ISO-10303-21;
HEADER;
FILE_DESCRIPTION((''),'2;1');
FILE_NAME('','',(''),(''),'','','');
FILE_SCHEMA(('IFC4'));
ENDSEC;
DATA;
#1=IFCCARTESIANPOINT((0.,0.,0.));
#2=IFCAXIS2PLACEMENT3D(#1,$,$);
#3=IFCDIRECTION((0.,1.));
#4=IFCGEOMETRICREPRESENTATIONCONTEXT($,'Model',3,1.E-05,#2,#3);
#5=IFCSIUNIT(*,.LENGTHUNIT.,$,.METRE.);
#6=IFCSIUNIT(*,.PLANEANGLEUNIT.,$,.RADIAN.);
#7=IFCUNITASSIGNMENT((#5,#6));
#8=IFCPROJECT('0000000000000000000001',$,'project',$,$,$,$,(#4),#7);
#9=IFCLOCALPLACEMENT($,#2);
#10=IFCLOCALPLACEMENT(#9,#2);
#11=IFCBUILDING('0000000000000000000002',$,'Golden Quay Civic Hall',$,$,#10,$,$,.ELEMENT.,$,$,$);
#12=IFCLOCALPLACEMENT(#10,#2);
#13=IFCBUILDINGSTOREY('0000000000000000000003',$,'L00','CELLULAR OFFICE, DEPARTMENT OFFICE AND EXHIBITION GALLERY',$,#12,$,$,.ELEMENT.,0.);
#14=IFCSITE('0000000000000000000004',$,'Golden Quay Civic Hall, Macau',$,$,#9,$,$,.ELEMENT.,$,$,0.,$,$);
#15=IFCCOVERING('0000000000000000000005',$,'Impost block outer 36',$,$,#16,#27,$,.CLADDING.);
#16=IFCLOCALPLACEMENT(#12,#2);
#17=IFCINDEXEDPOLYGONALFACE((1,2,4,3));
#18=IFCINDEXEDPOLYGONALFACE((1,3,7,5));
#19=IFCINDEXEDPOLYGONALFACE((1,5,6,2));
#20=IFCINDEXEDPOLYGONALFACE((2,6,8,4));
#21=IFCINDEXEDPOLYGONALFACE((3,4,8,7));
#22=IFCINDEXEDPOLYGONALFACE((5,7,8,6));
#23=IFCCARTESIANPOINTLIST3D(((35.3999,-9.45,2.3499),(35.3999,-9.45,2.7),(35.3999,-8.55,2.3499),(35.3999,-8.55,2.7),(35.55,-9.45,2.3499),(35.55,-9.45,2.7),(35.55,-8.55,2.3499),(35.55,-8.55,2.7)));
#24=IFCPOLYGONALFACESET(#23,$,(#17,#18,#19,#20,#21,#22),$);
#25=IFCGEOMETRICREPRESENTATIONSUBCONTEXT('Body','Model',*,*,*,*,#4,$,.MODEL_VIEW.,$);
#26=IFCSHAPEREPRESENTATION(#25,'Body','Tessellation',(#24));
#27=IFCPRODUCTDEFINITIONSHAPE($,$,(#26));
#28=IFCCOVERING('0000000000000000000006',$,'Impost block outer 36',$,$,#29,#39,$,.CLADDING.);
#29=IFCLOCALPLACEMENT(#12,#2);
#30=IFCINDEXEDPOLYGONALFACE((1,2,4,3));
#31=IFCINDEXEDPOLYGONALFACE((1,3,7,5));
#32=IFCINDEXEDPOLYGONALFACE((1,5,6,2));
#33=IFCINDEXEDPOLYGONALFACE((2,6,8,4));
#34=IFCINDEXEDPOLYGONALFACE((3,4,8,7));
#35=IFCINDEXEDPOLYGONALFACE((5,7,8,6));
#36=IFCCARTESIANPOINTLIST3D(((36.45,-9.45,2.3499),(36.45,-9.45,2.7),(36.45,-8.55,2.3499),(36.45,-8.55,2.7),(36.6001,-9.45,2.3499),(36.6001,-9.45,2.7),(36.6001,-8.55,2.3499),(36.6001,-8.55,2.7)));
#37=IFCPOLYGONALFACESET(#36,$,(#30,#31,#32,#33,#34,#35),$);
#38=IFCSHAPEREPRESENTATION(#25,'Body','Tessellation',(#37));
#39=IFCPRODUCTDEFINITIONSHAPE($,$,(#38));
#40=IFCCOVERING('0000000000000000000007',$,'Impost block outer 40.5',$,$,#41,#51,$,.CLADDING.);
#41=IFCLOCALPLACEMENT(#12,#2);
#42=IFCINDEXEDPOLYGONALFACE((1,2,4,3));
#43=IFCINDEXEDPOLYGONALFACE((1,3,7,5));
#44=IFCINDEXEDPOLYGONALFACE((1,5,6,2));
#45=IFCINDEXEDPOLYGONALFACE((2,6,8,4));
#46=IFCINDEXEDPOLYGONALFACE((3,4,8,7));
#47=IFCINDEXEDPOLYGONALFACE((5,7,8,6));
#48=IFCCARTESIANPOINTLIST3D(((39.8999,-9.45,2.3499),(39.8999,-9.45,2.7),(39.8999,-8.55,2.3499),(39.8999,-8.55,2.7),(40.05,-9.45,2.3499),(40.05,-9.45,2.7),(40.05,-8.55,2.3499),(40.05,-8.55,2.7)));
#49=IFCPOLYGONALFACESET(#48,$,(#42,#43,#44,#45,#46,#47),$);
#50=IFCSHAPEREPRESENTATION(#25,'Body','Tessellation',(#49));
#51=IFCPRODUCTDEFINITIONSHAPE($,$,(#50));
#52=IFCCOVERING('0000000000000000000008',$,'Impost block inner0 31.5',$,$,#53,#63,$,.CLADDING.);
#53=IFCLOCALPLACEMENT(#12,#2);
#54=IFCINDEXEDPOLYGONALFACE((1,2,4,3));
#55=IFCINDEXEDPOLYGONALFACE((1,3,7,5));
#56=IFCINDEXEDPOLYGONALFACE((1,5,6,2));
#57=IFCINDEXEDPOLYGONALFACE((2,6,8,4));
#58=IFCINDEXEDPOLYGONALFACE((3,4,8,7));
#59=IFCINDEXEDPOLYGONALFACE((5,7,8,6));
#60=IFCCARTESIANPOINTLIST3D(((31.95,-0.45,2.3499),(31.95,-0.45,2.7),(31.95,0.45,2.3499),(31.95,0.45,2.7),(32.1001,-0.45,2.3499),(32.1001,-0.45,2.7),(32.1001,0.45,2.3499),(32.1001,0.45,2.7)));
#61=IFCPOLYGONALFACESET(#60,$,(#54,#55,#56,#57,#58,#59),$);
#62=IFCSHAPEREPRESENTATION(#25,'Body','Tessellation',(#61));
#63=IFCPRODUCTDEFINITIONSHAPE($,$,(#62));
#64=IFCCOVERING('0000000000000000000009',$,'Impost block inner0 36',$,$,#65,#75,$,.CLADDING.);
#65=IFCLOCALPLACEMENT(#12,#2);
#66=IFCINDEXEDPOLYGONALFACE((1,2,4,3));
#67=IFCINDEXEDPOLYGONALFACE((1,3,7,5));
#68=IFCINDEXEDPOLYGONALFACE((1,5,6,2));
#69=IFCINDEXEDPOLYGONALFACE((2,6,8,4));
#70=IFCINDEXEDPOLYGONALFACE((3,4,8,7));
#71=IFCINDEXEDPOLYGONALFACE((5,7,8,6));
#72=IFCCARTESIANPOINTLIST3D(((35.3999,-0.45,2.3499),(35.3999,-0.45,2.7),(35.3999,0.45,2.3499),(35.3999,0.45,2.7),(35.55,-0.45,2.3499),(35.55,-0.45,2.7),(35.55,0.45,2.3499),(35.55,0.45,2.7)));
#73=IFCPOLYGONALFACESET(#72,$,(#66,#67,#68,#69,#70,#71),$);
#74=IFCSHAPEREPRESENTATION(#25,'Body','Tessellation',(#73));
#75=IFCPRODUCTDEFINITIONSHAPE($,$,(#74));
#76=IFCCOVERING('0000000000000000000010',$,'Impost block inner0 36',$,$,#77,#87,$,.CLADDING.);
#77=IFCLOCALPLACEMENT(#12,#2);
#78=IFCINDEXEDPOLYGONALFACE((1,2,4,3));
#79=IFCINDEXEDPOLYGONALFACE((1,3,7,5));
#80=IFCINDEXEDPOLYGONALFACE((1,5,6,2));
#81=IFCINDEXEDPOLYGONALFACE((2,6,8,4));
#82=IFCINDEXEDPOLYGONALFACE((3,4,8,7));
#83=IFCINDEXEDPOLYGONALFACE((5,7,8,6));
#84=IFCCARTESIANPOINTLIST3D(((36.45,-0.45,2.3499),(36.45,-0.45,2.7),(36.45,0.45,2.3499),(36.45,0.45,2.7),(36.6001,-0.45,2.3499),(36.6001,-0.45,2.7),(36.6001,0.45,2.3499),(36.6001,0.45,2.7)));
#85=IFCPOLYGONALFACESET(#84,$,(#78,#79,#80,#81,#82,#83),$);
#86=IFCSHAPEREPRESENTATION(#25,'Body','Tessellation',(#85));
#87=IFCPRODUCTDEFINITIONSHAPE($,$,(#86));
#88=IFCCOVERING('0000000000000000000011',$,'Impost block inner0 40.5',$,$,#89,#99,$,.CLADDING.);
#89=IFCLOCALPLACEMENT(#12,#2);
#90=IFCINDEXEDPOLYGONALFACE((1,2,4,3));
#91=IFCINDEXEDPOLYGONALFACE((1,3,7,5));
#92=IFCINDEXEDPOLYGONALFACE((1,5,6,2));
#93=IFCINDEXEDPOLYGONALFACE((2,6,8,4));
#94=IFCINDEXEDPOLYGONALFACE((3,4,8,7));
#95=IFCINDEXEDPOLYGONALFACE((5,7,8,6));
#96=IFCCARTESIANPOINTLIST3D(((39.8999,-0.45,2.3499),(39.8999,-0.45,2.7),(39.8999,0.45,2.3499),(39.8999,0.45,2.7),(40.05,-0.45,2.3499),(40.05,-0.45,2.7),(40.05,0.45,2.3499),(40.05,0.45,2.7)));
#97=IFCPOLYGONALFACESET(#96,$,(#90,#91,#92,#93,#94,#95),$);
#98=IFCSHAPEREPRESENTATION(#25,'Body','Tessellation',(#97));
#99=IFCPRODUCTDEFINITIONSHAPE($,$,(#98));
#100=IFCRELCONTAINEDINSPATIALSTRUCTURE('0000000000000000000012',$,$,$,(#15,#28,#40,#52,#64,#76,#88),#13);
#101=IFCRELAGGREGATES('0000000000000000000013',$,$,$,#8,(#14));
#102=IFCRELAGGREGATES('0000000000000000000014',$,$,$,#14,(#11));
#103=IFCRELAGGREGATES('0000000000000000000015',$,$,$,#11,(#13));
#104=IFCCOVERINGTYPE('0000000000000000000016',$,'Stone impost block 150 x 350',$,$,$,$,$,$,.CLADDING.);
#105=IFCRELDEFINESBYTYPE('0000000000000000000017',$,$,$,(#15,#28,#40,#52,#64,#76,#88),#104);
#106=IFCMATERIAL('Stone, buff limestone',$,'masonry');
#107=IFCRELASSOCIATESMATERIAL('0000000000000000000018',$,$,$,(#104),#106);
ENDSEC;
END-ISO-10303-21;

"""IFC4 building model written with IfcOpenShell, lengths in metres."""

from ifc_helpers import new_model, si_unit, direction, frame, origin, origin_2d, place, context, subcontext, project, spatial, rectangle, extrude, material, material_profile, profile_set, type_object, element, save


model = new_model("IFC4")

# Units and contexts
model_context = context("Model", 3, precision=1e-05, world=origin(), true_north=direction((0.0, 1.0)))
body_context = subcontext(model_context, "Body", "Model", "MODEL_VIEW")
ifc_project = project(units=[si_unit("LENGTHUNIT", "METRE"), si_unit("PLANEANGLEUNIT", "RADIAN")], contexts=[model_context])

# Site, building, storey
site_placement = place(None, origin())
site = spatial("IfcSite", under=ifc_project, at=site_placement, Name="Golden Quay Civic Hall, Macau", CompositionType="ELEMENT", RefElevation=0.0)
building_placement = place(site_placement, origin())
building = spatial("IfcBuilding", under=site, at=building_placement, Name="Golden Quay Civic Hall", CompositionType="ELEMENT")
storey_placement = place(building_placement, origin())
storey = spatial("IfcBuildingStorey", under=building, at=storey_placement, Name="L00", Description="CELLULAR OFFICE, DEPARTMENT OFFICE AND EXHIBITION GALLERY", CompositionType="ELEMENT", Elevation=0.0)

# Coverings
ifc_material_1 = material(Name="Stone, buff limestone", Category="masonry")
ifc_material_profile_1 = material_profile(ifc_material_1, rectangle(XDim=0.8999, YDim=0.3501, at=origin_2d()), Name="RC 900x350")
ifc_profile_set_1 = profile_set([ifc_material_profile_1], Name="Stone, buff limestone")
covering_type_1 = type_object("IfcCoveringType", Name="Stone impost block 150 x 350", PredefinedType="CLADDING", material=ifc_profile_set_1)
for number, where, z_axis, x_axis, name in (
    (1, (35.55, -9.0, 2.5249), (-1.0, 0.0, 0.0), (0.0, -1.0, 0.0), "Impost block outer 36"),
    (2, (36.45, -9.0, 2.5249), (1.0, 0.0, 0.0), (0.0, 1.0, 0.0), "Impost block outer 36"),
    (3, (40.05, -9.0, 2.5249), (-1.0, 0.0, 0.0), (0.0, -1.0, 0.0), "Impost block outer 40.5"),
    (4, (31.95, 0.0, 2.5249), (1.0, 0.0, 0.0), (0.0, 1.0, 0.0), "Impost block inner0 31.5"),
    (5, (35.55, 0.0, 2.5249), (-1.0, 0.0, 0.0), (0.0, -1.0, 0.0), "Impost block inner0 36"),
    (6, (36.45, 0.0, 2.5249), (1.0, 0.0, 0.0), (0.0, 1.0, 0.0), "Impost block inner0 36"),
    (7, (40.05, 0.0, 2.5249), (-1.0, 0.0, 0.0), (0.0, -1.0, 0.0), "Impost block inner0 40.5"),
):
    element("IfcCovering", number, at=place(storey_placement, frame(where, z_axis=z_axis, x_axis=x_axis)), inside=storey, type_object=covering_type_1, Name=name, PredefinedType="CLADDING", context=body_context, shape_type="SweptSolid", body=[
        extrude(rectangle(XDim=0.8999, YDim=0.3501, at=origin_2d()), origin(), (0.0, 0.0, 1.0), 0.1501),
    ])

save(model, "model.ifc")
